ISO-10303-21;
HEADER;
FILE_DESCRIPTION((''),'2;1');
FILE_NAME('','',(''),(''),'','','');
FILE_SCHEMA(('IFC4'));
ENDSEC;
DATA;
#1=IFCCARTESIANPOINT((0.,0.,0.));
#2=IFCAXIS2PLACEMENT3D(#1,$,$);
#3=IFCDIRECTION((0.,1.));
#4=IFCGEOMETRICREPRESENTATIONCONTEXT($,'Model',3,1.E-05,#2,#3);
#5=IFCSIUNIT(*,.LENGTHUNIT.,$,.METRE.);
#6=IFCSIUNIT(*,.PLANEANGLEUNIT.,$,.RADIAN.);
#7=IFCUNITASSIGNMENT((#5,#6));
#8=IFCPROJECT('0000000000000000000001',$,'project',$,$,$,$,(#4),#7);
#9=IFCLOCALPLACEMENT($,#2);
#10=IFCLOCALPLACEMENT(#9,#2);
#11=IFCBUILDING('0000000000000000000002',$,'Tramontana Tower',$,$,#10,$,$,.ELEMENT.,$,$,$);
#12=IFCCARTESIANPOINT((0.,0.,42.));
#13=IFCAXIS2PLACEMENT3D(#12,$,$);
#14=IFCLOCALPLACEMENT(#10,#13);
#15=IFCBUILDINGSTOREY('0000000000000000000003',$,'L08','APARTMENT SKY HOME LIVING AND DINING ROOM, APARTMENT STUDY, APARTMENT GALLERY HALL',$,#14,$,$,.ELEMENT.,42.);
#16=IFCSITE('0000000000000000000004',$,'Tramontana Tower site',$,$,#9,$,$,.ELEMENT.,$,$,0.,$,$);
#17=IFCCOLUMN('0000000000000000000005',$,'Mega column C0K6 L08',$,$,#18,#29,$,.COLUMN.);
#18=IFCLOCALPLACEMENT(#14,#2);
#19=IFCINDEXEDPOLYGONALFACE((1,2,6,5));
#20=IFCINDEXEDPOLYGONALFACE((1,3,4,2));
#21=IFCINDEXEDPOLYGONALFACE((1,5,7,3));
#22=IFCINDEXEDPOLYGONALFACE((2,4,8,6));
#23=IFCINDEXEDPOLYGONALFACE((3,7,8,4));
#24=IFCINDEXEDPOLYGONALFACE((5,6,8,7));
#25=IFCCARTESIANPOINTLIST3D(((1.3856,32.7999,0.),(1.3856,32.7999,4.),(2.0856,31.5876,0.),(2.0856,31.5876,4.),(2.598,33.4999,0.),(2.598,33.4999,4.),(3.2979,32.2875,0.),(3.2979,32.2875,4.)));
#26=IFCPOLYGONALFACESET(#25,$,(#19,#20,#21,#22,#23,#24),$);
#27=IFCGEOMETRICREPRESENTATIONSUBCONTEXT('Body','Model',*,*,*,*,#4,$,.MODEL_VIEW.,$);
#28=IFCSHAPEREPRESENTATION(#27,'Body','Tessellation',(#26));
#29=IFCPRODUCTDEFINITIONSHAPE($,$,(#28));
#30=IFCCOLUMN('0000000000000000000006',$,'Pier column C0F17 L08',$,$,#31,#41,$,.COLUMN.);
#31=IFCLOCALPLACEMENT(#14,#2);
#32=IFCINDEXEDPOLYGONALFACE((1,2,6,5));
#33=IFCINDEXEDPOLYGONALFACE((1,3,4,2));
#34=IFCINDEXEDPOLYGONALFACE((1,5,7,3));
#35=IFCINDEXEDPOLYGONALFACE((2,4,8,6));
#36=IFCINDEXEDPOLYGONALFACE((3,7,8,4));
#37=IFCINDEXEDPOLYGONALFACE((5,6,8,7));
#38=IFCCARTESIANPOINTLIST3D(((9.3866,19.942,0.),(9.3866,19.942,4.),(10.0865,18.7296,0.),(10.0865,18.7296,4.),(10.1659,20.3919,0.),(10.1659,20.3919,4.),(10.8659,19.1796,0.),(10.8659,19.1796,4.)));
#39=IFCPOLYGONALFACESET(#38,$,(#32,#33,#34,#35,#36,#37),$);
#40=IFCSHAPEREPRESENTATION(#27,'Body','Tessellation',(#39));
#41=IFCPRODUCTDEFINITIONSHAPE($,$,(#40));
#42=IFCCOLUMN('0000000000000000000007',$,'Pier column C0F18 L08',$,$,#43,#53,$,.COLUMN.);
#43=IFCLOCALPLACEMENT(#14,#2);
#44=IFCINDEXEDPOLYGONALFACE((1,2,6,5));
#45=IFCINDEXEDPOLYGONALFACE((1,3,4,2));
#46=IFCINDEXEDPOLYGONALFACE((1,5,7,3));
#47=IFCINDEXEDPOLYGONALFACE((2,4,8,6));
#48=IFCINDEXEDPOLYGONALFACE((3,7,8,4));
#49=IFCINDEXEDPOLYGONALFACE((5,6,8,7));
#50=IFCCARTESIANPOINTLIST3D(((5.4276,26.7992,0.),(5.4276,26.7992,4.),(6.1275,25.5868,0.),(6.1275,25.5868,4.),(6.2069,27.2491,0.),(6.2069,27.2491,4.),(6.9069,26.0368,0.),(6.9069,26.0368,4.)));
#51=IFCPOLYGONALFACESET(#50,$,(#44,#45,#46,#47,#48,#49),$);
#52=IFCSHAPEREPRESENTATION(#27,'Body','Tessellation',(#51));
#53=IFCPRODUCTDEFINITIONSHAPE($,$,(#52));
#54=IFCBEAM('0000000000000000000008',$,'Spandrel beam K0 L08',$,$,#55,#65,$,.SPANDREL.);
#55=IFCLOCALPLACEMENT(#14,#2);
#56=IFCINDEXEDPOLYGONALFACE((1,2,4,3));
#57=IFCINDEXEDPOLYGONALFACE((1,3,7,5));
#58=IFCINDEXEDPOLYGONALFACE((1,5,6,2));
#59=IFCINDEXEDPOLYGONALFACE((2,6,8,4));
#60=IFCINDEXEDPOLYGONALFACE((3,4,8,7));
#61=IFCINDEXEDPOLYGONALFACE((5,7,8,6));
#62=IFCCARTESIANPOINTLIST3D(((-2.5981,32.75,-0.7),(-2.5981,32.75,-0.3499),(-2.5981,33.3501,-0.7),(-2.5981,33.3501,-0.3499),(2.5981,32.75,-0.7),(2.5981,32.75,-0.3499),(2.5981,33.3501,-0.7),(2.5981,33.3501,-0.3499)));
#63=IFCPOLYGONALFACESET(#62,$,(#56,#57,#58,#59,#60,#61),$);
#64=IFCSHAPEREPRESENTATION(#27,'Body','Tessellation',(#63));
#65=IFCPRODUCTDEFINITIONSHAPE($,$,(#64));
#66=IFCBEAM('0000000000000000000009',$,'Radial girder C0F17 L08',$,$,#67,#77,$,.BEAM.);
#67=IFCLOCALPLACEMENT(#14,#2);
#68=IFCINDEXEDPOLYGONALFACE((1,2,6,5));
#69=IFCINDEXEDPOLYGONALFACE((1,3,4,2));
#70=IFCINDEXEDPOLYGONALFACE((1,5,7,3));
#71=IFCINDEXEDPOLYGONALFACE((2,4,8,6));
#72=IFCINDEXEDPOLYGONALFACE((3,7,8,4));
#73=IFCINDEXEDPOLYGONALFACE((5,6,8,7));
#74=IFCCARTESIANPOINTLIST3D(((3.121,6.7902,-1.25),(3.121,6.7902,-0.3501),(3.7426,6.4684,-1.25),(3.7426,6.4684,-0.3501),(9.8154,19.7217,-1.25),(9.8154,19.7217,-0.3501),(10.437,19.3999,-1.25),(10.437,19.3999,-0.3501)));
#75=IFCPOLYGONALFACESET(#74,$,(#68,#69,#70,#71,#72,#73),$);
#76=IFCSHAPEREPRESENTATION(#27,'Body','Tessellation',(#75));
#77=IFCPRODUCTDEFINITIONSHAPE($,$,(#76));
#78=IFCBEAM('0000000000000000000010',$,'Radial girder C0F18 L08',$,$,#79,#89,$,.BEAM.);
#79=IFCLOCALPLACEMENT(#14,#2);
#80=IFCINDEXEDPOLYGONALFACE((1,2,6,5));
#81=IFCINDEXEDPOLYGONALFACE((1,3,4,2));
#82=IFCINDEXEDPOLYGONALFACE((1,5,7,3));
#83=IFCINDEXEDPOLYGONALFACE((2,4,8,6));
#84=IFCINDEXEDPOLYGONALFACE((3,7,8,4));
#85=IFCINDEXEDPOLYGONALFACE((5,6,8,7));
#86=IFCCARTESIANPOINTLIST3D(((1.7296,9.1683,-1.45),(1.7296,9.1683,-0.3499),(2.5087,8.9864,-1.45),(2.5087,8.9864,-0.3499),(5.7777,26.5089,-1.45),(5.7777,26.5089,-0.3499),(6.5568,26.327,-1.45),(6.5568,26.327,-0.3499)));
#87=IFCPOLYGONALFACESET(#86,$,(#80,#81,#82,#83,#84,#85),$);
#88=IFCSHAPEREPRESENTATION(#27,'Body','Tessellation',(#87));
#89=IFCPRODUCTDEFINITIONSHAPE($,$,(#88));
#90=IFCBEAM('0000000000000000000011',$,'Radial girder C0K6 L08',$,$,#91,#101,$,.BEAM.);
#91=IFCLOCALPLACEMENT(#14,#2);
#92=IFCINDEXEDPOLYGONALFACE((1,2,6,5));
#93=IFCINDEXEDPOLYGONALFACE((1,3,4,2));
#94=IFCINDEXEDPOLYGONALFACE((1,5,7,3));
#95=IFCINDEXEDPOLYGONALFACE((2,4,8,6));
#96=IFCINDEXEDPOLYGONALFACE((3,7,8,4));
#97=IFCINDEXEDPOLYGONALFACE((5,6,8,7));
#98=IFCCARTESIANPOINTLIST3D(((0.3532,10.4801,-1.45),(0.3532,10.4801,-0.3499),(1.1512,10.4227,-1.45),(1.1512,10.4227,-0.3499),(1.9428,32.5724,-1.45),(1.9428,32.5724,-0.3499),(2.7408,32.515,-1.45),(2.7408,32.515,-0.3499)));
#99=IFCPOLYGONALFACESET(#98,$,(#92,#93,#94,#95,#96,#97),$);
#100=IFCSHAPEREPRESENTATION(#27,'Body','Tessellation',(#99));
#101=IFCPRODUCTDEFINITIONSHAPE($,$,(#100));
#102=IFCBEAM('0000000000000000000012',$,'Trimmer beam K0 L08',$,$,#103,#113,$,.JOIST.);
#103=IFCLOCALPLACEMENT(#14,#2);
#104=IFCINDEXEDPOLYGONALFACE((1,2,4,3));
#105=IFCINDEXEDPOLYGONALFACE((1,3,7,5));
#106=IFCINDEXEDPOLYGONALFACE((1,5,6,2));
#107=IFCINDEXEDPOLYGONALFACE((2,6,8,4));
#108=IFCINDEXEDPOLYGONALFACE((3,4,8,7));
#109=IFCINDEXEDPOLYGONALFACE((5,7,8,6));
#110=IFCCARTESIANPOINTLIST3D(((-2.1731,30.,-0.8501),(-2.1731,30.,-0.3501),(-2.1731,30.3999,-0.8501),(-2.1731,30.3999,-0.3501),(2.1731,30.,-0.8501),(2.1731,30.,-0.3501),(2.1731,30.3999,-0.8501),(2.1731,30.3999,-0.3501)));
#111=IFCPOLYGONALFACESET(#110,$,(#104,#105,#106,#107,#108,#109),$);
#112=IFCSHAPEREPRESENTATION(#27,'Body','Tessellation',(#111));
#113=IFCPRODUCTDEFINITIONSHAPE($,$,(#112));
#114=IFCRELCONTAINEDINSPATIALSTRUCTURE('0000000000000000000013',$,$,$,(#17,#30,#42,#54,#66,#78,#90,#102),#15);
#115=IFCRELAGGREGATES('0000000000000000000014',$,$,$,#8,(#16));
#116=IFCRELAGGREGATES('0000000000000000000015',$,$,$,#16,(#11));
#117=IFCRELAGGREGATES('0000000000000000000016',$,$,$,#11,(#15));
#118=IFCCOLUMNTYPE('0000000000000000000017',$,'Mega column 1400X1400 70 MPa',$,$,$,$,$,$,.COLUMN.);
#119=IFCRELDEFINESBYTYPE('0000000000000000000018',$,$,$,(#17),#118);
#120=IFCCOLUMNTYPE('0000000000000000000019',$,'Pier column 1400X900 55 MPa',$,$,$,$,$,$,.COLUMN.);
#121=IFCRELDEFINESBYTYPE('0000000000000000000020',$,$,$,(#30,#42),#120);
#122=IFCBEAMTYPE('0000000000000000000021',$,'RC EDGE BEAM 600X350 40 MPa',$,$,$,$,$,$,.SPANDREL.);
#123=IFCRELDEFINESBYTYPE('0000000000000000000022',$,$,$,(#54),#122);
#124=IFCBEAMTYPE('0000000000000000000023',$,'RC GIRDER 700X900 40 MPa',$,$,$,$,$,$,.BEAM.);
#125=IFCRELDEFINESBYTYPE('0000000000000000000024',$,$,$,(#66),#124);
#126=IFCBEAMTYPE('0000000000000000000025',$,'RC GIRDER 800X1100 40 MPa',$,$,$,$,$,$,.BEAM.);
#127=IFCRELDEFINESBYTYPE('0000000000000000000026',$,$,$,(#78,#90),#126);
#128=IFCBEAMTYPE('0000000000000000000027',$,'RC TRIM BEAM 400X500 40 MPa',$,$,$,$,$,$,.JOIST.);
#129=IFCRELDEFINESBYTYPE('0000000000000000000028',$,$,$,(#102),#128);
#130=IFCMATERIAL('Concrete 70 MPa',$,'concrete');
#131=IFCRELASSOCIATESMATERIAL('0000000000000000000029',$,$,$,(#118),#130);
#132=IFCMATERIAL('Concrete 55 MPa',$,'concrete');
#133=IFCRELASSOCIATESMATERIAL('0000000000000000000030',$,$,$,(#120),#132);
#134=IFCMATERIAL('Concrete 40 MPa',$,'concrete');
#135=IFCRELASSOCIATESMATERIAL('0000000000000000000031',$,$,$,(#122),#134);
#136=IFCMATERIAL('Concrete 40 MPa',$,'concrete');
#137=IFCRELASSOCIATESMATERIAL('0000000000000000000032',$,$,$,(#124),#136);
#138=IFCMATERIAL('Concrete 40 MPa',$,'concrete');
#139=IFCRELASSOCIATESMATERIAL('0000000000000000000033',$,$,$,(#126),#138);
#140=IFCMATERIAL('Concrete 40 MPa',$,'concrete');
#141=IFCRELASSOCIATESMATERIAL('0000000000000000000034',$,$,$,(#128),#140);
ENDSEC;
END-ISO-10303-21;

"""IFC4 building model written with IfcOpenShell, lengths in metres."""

from ifc_helpers import new_model, si_unit, direction, frame, origin, origin_2d, place, context, subcontext, project, spatial, rectangle, extrude, material, material_profile, profile_set, type_object, element, save


model = new_model("IFC4")

# Units and contexts
model_context = context("Model", 3, precision=1e-05, world=origin(), true_north=direction((0.0, 1.0)))
body_context = subcontext(model_context, "Body", "Model", "MODEL_VIEW")
ifc_project = project(units=[si_unit("LENGTHUNIT", "METRE"), si_unit("PLANEANGLEUNIT", "RADIAN")], contexts=[model_context])

# Site, building, storey
site_placement = place(None, origin())
site = spatial("IfcSite", under=ifc_project, at=site_placement, Name="Tramontana Tower site", CompositionType="ELEMENT", RefElevation=0.0)
building_placement = place(site_placement, origin())
building = spatial("IfcBuilding", under=site, at=building_placement, Name="Tramontana Tower", CompositionType="ELEMENT")
storey_placement = place(building_placement, frame((0.0, 0.0, 42.0)))
storey = spatial("IfcBuildingStorey", under=building, at=storey_placement, Name="L08", Description="APARTMENT SKY HOME LIVING AND DINING ROOM, APARTMENT STUDY, APARTMENT GALLERY HALL", CompositionType="ELEMENT", Elevation=42.0)

# Columns
ifc_material_1 = material(Name="Concrete 70 MPa", Category="concrete")
ifc_material_profile_1 = material_profile(ifc_material_1, rectangle(XDim=1.3999, YDim=1.3999, at=origin_2d()), Name="Mega column 1400X1400 70 MPa")
ifc_profile_set_1 = profile_set([ifc_material_profile_1], Name="Concrete 70 MPa")
column_type_1 = type_object("IfcColumnType", Name="Mega column 1400X1400 70 MPa", PredefinedType="COLUMN", material=ifc_profile_set_1)
column_placement = place(storey_placement, frame((2.3418, 32.5437, 0.0), z_axis=(0.0, 0.0, 1.0), x_axis=(-0.5, 0.866025, 0.0)))
element("IfcColumn", 1, at=column_placement, inside=storey, type_object=column_type_1, Name="Mega column C0K6 L08", PredefinedType="COLUMN", context=body_context, shape_type="SweptSolid", body=[
    extrude(rectangle(XDim=1.3999, YDim=1.3999, at=origin_2d()), origin(), (0.0, 0.0, 1.0), 4.0),
])
ifc_material_2 = material(Name="Concrete 55 MPa", Category="concrete")
ifc_material_profile_2 = material_profile(ifc_material_2, rectangle(XDim=1.3999, YDim=0.8999, at=origin_2d()), Name="Pier column 1400X900 55 MPa")
ifc_profile_set_2 = profile_set([ifc_material_profile_2], Name="Concrete 55 MPa")
column_type_2 = type_object("IfcColumnType", Name="Pier column 1400X900 55 MPa", PredefinedType="COLUMN", material=ifc_profile_set_2)
for number, where, z_axis, x_axis, name in (
    (2, (10.1262, 19.5608, 0.0), (0.0, 0.0, 1.0), (-0.5, 0.866025, 0.0), "Pier column C0F17 L08"),
    (3, (6.1672, 26.418, 0.0), (0.0, 0.0, 1.0), (-0.5, 0.866025, 0.0), "Pier column C0F18 L08"),
):
    element("IfcColumn", number, at=place(storey_placement, frame(where, z_axis=z_axis, x_axis=x_axis)), inside=storey, type_object=column_type_2, Name=name, PredefinedType="COLUMN", context=body_context, shape_type="SweptSolid", body=[
        extrude(rectangle(XDim=1.3999, YDim=0.8999, at=origin_2d()), origin(), (0.0, 0.0, 1.0), 4.0),
    ])

# Beams
ifc_material_3 = material(Name="Concrete 40 MPa", Category="concrete")
ifc_material_profile_3 = material_profile(ifc_material_3, rectangle(XDim=0.6001, YDim=0.3501, at=origin_2d()), Name="RC EDGE BEAM 600X350 40 MPa")
ifc_profile_set_3 = profile_set([ifc_material_profile_3], Name="Concrete 40 MPa")
beam_type_1 = type_object("IfcBeamType", Name="RC EDGE BEAM 600X350 40 MPa", PredefinedType="SPANDREL", material=ifc_profile_set_3)
beam_1_placement = place(storey_placement, frame((2.5981, 33.05, -0.5249), z_axis=(-1.0, 0.0, 0.0), x_axis=(0.0, -1.0, 0.0)))
element("IfcBeam", 4, at=beam_1_placement, inside=storey, type_object=beam_type_1, Name="Spandrel beam K0 L08", PredefinedType="SPANDREL", context=body_context, shape_type="SweptSolid", body=[
    extrude(rectangle(XDim=0.6001, YDim=0.3501, at=origin_2d()), origin(), (0.0, 0.0, 1.0), 5.1963),
])
ifc_material_4 = material(Name="Concrete 40 MPa", Category="concrete")
ifc_material_profile_4 = material_profile(ifc_material_4, rectangle(XDim=0.7, YDim=0.8999, at=origin_2d()), Name="RC GIRDER 700X900 40 MPa")
ifc_profile_set_4 = profile_set([ifc_material_profile_4], Name="Concrete 40 MPa")
beam_type_2 = type_object("IfcBeamType", Name="RC GIRDER 700X900 40 MPa", PredefinedType="BEAM", material=ifc_profile_set_4)
beam_2_placement = place(storey_placement, frame((10.1262, 19.5608, -0.8), z_axis=(-0.459731, -0.888058, 0.0), x_axis=(0.888058, -0.459731, 0.0)))
element("IfcBeam", 5, at=beam_2_placement, inside=storey, type_object=beam_type_2, Name="Radial girder C0F17 L08", PredefinedType="BEAM", context=body_context, shape_type="SweptSolid", body=[
    extrude(rectangle(XDim=0.7, YDim=0.8999, at=origin_2d()), origin(), (0.0, 0.0, 1.0), 14.5615),
])
ifc_material_5 = material(Name="Concrete 40 MPa", Category="concrete")
ifc_material_profile_5 = material_profile(ifc_material_5, rectangle(XDim=0.8, YDim=1.1001, at=origin_2d()), Name="RC GIRDER 800X1100 40 MPa")
ifc_profile_set_5 = profile_set([ifc_material_profile_5], Name="Concrete 40 MPa")
beam_type_3 = type_object("IfcBeamType", Name="RC GIRDER 800X1100 40 MPa", PredefinedType="BEAM", material=ifc_profile_set_5)
beam_3_placement = place(storey_placement, frame((6.1672, 26.418, -0.8999), z_axis=(-0.227334, -0.973817, 0.0), x_axis=(0.973817, -0.227334, 0.0)))
element("IfcBeam", 6, at=beam_3_placement, inside=storey, type_object=beam_type_3, Name="Radial girder C0F18 L08", PredefinedType="BEAM", context=body_context, shape_type="SweptSolid", body=[
    extrude(rectangle(XDim=0.8, YDim=1.1001, at=origin_2d()), origin(), (0.0, 0.0, 1.0), 17.8069),
])
beam_4_placement = place(storey_placement, frame((2.3418, 32.5437, -0.8999), z_axis=(-0.071767, -0.997421, 0.0), x_axis=(0.997421, -0.071767, 0.0)))
element("IfcBeam", 7, at=beam_4_placement, inside=storey, type_object=beam_type_3, Name="Radial girder C0K6 L08", PredefinedType="BEAM", context=body_context, shape_type="SweptSolid", body=[
    extrude(rectangle(XDim=0.8, YDim=1.1001, at=origin_2d()), origin(), (0.0, 0.0, 1.0), 22.1494),
])
ifc_material_6 = material(Name="Concrete 40 MPa", Category="concrete")
ifc_material_profile_6 = material_profile(ifc_material_6, rectangle(XDim=0.3999, YDim=0.5, at=origin_2d()), Name="RC TRIM BEAM 400X500 40 MPa")
ifc_profile_set_6 = profile_set([ifc_material_profile_6], Name="Concrete 40 MPa")
beam_type_4 = type_object("IfcBeamType", Name="RC TRIM BEAM 400X500 40 MPa", PredefinedType="JOIST", material=ifc_profile_set_6)
beam_5_placement = place(storey_placement, frame((2.1731, 30.2, -0.6001), z_axis=(-1.0, 0.0, 0.0), x_axis=(0.0, -1.0, 0.0)))
element("IfcBeam", 8, at=beam_5_placement, inside=storey, type_object=beam_type_4, Name="Trimmer beam K0 L08", PredefinedType="JOIST", context=body_context, shape_type="SweptSolid", body=[
    extrude(rectangle(XDim=0.3999, YDim=0.5, at=origin_2d()), origin(), (0.0, 0.0, 1.0), 4.3462),
])

save(model, "model.ifc")
